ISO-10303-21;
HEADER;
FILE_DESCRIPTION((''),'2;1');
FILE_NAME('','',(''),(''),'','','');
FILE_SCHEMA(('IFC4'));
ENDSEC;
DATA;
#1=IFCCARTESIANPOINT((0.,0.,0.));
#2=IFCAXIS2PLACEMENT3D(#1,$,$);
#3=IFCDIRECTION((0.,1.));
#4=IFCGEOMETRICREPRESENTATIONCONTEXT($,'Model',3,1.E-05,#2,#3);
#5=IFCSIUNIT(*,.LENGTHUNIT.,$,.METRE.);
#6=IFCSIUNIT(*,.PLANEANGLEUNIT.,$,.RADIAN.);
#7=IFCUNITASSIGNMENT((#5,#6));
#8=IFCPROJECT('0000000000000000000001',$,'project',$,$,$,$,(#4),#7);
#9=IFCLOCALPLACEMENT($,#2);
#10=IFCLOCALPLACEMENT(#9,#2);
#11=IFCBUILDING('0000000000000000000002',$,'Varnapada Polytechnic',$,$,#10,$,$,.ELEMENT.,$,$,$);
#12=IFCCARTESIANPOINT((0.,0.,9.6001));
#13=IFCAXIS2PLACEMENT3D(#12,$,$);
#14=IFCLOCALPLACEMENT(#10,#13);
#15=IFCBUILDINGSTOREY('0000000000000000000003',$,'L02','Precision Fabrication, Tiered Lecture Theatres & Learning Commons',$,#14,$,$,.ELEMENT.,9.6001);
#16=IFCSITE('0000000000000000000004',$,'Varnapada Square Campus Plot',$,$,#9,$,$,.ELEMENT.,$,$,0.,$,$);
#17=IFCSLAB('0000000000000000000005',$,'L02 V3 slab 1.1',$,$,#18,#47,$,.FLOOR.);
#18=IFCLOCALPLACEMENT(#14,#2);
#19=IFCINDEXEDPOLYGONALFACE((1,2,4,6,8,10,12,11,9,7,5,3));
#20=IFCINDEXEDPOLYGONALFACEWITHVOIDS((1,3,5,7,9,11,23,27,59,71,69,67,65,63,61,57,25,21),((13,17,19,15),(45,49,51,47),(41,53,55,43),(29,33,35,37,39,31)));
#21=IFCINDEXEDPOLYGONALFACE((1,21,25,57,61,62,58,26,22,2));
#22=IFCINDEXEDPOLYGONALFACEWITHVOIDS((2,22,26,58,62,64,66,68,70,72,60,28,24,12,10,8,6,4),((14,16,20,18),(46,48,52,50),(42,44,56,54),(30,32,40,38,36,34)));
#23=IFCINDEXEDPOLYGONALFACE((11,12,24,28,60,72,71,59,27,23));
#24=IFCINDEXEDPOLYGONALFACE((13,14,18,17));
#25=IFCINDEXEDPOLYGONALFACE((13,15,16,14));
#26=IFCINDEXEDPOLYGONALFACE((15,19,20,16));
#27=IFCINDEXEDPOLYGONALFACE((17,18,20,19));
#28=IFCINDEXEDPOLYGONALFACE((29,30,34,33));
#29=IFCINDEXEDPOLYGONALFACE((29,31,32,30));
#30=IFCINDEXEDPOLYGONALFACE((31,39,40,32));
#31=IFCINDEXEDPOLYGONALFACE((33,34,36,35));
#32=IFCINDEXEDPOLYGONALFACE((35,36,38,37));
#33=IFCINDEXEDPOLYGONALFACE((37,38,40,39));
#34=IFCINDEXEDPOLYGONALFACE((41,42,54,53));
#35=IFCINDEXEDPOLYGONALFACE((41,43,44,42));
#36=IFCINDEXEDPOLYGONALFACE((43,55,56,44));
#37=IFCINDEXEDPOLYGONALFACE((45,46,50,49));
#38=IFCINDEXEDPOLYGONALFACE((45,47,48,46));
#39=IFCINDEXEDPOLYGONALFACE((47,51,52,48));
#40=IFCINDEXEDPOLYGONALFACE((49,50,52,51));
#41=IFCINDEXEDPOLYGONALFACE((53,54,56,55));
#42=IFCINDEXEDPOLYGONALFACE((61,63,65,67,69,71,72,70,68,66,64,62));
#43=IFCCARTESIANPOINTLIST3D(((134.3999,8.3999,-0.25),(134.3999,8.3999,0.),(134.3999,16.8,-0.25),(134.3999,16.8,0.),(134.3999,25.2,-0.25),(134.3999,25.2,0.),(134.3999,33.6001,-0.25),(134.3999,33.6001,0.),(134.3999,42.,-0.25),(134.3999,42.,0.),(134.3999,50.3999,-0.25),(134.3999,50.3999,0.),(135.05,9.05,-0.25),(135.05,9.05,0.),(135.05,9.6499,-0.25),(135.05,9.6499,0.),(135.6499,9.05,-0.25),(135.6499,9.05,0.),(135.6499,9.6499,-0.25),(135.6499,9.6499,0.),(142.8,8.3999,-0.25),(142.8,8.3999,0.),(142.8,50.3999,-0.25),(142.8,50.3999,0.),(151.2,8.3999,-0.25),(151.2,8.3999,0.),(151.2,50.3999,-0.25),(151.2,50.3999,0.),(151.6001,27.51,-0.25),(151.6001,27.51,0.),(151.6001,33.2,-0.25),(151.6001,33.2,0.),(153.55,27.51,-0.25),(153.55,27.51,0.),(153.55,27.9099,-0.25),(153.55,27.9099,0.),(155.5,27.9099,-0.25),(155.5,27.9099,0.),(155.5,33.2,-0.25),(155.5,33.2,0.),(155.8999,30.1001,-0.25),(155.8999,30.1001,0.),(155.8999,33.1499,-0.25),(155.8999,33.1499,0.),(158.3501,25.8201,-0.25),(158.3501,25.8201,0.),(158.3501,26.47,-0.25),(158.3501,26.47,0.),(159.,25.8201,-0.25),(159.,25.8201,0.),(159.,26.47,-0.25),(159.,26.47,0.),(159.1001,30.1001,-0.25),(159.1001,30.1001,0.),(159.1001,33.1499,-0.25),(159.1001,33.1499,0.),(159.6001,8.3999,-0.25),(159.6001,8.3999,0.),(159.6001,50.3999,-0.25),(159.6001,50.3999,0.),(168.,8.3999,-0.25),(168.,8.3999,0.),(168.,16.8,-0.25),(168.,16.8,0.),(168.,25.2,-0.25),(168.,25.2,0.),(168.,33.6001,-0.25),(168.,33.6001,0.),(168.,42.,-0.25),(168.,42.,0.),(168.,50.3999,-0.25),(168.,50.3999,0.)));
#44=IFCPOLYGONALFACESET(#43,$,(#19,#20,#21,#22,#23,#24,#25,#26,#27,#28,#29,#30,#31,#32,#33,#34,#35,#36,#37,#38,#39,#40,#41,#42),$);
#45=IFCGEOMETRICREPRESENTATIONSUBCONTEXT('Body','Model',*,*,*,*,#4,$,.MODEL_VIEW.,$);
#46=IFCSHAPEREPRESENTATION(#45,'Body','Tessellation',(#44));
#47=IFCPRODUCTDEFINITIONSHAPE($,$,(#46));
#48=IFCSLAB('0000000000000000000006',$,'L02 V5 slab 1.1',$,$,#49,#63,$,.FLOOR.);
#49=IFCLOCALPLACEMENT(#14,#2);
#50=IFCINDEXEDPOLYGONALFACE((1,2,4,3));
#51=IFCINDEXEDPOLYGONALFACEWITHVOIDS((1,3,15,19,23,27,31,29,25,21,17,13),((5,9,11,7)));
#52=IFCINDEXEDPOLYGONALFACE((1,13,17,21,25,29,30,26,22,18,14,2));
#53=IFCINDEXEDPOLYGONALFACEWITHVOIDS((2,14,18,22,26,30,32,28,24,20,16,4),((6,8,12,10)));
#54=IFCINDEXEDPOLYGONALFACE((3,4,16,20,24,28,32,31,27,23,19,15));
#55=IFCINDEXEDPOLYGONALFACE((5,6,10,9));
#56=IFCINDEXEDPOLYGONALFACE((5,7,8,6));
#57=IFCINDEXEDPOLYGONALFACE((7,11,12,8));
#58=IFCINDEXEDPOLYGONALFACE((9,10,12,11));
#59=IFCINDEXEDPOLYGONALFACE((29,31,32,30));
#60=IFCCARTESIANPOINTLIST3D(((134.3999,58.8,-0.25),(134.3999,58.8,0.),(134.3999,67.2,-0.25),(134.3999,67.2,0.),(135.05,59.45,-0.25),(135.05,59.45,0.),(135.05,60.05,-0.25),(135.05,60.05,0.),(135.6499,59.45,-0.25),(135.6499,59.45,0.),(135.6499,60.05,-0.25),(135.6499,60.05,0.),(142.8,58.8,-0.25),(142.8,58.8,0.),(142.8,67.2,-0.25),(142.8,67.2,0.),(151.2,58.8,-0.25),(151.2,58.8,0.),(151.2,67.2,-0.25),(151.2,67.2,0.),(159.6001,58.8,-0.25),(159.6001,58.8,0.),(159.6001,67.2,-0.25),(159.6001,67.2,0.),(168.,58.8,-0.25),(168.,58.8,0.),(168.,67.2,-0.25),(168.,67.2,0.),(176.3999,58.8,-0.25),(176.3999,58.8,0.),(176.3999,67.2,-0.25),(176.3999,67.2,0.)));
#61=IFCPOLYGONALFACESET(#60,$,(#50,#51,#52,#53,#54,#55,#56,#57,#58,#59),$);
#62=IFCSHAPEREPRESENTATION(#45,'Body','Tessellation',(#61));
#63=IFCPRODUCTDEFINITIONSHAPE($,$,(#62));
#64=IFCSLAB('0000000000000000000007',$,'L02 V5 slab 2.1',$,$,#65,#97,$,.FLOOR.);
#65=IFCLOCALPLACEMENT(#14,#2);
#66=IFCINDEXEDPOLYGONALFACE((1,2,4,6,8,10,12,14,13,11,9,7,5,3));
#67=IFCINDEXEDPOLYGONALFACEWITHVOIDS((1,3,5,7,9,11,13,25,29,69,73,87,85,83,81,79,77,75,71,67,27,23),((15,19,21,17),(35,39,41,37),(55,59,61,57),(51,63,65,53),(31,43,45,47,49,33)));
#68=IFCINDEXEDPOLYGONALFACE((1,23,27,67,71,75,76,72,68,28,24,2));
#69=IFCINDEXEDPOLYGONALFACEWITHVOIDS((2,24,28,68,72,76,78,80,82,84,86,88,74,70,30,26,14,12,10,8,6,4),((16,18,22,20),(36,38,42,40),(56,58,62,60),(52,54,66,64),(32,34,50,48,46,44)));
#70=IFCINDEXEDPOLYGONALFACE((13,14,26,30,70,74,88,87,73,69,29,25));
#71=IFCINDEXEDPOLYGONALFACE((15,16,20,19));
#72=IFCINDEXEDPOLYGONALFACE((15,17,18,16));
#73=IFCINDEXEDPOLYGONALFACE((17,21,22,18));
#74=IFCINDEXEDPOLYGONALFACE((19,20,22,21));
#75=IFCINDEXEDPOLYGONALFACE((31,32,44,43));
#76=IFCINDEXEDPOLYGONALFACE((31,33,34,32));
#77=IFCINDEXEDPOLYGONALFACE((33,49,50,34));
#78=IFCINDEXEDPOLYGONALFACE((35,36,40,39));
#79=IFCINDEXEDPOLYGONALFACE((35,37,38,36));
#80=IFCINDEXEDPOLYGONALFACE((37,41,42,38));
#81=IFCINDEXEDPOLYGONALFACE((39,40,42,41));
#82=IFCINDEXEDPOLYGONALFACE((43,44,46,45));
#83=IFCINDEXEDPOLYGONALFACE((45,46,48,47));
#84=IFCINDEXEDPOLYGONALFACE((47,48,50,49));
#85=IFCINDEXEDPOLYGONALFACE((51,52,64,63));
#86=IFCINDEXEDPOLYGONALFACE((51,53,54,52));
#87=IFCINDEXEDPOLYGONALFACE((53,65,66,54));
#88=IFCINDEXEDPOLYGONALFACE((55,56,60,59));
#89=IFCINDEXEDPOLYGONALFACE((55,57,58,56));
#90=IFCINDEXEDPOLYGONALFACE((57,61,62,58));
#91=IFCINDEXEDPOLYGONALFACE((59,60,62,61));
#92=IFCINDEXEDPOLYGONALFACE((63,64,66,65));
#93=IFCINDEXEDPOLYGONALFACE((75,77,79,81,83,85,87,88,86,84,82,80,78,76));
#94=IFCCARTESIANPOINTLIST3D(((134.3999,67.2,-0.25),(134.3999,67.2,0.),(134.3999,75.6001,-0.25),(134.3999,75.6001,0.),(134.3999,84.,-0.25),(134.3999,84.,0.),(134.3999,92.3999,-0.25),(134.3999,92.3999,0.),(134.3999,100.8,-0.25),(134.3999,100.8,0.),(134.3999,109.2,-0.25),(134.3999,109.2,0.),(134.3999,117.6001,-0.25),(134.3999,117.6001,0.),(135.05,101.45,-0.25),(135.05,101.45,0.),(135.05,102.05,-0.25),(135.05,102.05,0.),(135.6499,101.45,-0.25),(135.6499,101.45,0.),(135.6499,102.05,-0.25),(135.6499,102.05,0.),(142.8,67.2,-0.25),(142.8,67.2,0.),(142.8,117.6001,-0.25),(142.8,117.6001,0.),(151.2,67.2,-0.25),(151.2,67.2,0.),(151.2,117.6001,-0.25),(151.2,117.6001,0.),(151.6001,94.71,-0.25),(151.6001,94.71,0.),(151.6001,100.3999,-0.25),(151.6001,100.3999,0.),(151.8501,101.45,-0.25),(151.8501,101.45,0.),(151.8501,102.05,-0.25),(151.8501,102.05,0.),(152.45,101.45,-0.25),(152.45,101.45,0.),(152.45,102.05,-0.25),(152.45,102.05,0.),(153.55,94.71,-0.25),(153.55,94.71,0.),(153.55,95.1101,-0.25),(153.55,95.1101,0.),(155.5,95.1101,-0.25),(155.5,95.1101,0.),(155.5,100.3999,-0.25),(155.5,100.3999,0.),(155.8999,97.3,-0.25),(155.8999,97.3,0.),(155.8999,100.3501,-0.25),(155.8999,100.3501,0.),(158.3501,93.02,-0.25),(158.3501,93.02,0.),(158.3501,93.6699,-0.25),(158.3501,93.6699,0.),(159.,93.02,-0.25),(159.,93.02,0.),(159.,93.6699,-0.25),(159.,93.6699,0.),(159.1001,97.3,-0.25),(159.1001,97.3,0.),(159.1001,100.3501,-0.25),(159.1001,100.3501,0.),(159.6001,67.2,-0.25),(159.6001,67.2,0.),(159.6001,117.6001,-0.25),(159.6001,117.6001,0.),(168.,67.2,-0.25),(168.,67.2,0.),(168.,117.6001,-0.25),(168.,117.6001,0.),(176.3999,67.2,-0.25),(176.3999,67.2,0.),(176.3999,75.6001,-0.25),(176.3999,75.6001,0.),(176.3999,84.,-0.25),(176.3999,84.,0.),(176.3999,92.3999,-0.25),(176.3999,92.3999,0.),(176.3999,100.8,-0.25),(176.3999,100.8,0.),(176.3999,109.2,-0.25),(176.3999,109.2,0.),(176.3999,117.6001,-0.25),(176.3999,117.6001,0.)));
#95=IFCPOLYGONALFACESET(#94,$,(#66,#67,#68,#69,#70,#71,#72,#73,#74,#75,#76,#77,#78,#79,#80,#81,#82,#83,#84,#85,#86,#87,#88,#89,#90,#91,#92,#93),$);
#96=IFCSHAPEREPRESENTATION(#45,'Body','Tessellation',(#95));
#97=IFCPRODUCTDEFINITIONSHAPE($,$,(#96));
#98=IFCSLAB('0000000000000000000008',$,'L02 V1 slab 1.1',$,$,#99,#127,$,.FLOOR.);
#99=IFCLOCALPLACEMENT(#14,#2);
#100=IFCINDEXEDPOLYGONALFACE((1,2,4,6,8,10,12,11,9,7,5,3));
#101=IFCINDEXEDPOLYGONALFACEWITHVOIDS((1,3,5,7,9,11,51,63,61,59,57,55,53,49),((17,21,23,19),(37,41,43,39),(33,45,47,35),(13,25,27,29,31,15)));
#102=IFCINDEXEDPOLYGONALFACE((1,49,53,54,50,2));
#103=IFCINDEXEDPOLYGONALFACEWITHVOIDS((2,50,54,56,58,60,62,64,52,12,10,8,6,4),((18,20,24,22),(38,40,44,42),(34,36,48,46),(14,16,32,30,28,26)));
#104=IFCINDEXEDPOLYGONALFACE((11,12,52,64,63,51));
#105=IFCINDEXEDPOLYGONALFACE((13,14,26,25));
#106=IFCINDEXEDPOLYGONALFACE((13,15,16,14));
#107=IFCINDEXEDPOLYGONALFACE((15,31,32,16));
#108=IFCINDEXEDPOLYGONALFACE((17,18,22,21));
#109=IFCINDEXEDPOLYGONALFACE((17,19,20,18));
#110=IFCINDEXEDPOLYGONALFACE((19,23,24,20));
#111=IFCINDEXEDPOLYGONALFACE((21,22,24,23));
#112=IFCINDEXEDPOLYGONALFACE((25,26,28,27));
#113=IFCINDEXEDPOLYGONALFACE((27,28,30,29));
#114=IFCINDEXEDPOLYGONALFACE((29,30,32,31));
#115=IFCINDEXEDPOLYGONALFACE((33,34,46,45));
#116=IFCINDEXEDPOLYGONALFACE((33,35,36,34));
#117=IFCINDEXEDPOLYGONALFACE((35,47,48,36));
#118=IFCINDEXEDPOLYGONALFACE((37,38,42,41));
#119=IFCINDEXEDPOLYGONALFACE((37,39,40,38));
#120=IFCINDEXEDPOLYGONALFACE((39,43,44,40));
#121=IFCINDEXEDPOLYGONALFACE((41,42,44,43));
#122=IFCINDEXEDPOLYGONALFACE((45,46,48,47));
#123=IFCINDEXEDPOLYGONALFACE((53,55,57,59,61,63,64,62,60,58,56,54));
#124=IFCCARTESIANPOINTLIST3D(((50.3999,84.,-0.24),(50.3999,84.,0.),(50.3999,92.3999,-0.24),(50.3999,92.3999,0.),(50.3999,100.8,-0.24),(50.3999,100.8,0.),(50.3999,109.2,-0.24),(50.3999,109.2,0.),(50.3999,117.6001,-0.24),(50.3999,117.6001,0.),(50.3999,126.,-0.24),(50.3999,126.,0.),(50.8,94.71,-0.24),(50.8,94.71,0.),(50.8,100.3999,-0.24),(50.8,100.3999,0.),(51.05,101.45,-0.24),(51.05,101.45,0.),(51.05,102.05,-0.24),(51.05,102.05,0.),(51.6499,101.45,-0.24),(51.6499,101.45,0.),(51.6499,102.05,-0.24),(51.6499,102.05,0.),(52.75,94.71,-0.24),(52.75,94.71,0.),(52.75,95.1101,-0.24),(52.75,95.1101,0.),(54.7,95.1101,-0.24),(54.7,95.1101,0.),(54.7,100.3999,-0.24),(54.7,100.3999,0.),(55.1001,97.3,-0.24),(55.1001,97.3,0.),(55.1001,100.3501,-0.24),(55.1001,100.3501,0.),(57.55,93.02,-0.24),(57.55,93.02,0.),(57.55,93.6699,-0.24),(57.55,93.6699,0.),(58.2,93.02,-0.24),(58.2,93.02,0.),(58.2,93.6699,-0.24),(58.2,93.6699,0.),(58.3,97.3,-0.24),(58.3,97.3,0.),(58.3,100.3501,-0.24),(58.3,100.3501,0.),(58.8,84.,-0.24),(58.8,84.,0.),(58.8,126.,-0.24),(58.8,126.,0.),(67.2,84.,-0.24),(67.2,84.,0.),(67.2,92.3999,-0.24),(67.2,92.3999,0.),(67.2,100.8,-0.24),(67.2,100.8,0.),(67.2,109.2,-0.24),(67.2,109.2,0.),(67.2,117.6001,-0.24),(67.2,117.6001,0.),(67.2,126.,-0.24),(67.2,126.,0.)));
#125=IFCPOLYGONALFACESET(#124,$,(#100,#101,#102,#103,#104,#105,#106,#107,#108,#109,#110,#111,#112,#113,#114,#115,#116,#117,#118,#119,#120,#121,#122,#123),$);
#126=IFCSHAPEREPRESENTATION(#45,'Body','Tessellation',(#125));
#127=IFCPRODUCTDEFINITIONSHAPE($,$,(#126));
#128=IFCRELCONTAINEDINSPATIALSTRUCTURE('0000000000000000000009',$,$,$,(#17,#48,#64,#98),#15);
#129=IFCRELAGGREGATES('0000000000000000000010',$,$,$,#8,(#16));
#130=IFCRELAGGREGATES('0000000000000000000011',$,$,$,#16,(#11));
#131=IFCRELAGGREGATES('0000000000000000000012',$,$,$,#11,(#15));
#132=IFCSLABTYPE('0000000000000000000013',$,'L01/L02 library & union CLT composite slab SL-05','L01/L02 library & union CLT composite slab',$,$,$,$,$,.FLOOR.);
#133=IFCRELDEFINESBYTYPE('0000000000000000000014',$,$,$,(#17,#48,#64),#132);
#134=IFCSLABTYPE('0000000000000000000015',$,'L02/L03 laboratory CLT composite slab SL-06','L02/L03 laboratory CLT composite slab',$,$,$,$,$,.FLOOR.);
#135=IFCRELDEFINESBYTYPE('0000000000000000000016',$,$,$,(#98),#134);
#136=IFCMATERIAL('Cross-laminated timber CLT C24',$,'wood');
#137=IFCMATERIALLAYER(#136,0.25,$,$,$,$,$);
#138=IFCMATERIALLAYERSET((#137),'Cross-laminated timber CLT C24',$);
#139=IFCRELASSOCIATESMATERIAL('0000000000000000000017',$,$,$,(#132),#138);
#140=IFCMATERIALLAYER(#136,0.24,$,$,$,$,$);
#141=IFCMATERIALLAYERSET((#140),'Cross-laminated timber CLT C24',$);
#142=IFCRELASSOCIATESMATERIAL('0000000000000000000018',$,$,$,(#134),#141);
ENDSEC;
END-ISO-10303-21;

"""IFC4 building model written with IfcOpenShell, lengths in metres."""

from ifc_helpers import new_model, si_unit, direction, frame, origin, place, context, subcontext, project, spatial, polyline, outline, extrude, material, layer, layer_set, type_object, element, save


model = new_model("IFC4")

# Units and contexts
model_context = context("Model", 3, precision=1e-05, world=origin(), true_north=direction((0.0, 1.0)))
body_context = subcontext(model_context, "Body", "Model", "MODEL_VIEW")
ifc_project = project(units=[si_unit("LENGTHUNIT", "METRE"), si_unit("PLANEANGLEUNIT", "RADIAN")], contexts=[model_context])

# Site, building, storey
site_placement = place(None, origin())
site = spatial("IfcSite", under=ifc_project, at=site_placement, Name="Varnapada Square Campus Plot", CompositionType="ELEMENT", RefElevation=0.0)
building_placement = place(site_placement, origin())
building = spatial("IfcBuilding", under=site, at=building_placement, Name="Varnapada Polytechnic", CompositionType="ELEMENT")
storey_placement = place(building_placement, frame((0.0, 0.0, 9.6001)))
storey = spatial("IfcBuildingStorey", under=building, at=storey_placement, Name="L02", Description="Precision Fabrication, Tiered Lecture Theatres & Learning Commons", CompositionType="ELEMENT", Elevation=9.6001)

# Slabs
ifc_material_1 = material(Name="Cross-laminated timber CLT C24", Category="wood")
ifc_layer_1 = layer(ifc_material_1, 0.25)
ifc_layer_set_1 = layer_set([ifc_layer_1], Name="Cross-laminated timber CLT C24")
slab_type_1 = type_object("IfcSlabType", Name="L01/L02 library & union CLT composite slab SL-05", Description="L01/L02 library & union CLT composite slab", PredefinedType="FLOOR", material=ifc_layer_set_1)
slab_1_placement = place(storey_placement, frame((0.0, 0.0, -0.25)))
element("IfcSlab", 1, at=slab_1_placement, inside=storey, type_object=slab_type_1, Name="L02 V3 slab 1.1", PredefinedType="FLOOR", context=body_context, shape_type="SweptSolid", body=[
    extrude(outline(polyline([(134.3999, 33.6001), (134.3999, 42.0), (134.3999, 50.3999), (142.8, 50.3999), (151.2, 50.3999), (159.6001, 50.3999), (168.0, 50.3999), (168.0, 42.0), (168.0, 33.6001), (168.0, 25.2), (168.0, 16.8), (168.0, 8.3999), (159.6001, 8.3999), (151.2, 8.3999), (142.8, 8.3999), (134.3999, 8.3999), (134.3999, 16.8), (134.3999, 25.2), (134.3999, 33.6001)]), holes=[polyline([(151.6001, 27.51), (153.55, 27.51), (153.55, 27.9099), (155.5, 27.9099), (155.5, 33.2), (151.6001, 33.2), (151.6001, 27.51)]), polyline([(155.8999, 30.1001), (159.1001, 30.1001), (159.1001, 33.1499), (155.8999, 33.1499), (155.8999, 30.1001)]), polyline([(158.3501, 25.8201), (159.0, 25.8201), (159.0, 26.47), (158.3501, 26.47), (158.3501, 25.8201)]), polyline([(135.05, 9.05), (135.6499, 9.05), (135.6499, 9.6499), (135.05, 9.6499), (135.05, 9.05)])]), origin(), (0.0, 0.0, 1.0), 0.25),
])
slab_2_placement = place(storey_placement, frame((0.0, 0.0, -0.25)))
element("IfcSlab", 2, at=slab_2_placement, inside=storey, type_object=slab_type_1, Name="L02 V5 slab 1.1", PredefinedType="FLOOR", context=body_context, shape_type="SweptSolid", body=[
    extrude(outline(polyline([(134.3999, 67.2), (142.8, 67.2), (151.2, 67.2), (159.6001, 67.2), (168.0, 67.2), (176.3999, 67.2), (176.3999, 58.8), (168.0, 58.8), (159.6001, 58.8), (151.2, 58.8), (142.8, 58.8), (134.3999, 58.8), (134.3999, 67.2)]), holes=[polyline([(135.05, 59.45), (135.6499, 59.45), (135.6499, 60.05), (135.05, 60.05), (135.05, 59.45)])]), origin(), (0.0, 0.0, 1.0), 0.25),
])
slab_3_placement = place(storey_placement, frame((0.0, 0.0, -0.25)))
element("IfcSlab", 3, at=slab_3_placement, inside=storey, type_object=slab_type_1, Name="L02 V5 slab 2.1", PredefinedType="FLOOR", context=body_context, shape_type="SweptSolid", body=[
    extrude(outline(polyline([(134.3999, 92.3999), (134.3999, 100.8), (134.3999, 109.2), (134.3999, 117.6001), (142.8, 117.6001), (151.2, 117.6001), (159.6001, 117.6001), (168.0, 117.6001), (176.3999, 117.6001), (176.3999, 109.2), (176.3999, 100.8), (176.3999, 92.3999), (176.3999, 84.0), (176.3999, 75.6001), (176.3999, 67.2), (168.0, 67.2), (159.6001, 67.2), (151.2, 67.2), (142.8, 67.2), (134.3999, 67.2), (134.3999, 75.6001), (134.3999, 84.0), (134.3999, 92.3999)]), holes=[polyline([(151.6001, 94.71), (153.55, 94.71), (153.55, 95.1101), (155.5, 95.1101), (155.5, 100.3999), (151.6001, 100.3999), (151.6001, 94.71)]), polyline([(155.8999, 97.3), (159.1001, 97.3), (159.1001, 100.3501), (155.8999, 100.3501), (155.8999, 97.3)]), polyline([(158.3501, 93.02), (159.0, 93.02), (159.0, 93.6699), (158.3501, 93.6699), (158.3501, 93.02)]), polyline([(135.05, 101.45), (135.6499, 101.45), (135.6499, 102.05), (135.05, 102.05), (135.05, 101.45)]), polyline([(151.8501, 101.45), (152.45, 101.45), (152.45, 102.05), (151.8501, 102.05), (151.8501, 101.45)])]), origin(), (0.0, 0.0, 1.0), 0.25),
])
ifc_layer_2 = layer(ifc_material_1, 0.24)
ifc_layer_set_2 = layer_set([ifc_layer_2], Name="Cross-laminated timber CLT C24")
slab_type_2 = type_object("IfcSlabType", Name="L02/L03 laboratory CLT composite slab SL-06", Description="L02/L03 laboratory CLT composite slab", PredefinedType="FLOOR", material=ifc_layer_set_2)
slab_4_placement = place(storey_placement, frame((0.0, 0.0, -0.24)))
element("IfcSlab", 4, at=slab_4_placement, inside=storey, type_object=slab_type_2, Name="L02 V1 slab 1.1", PredefinedType="FLOOR", context=body_context, shape_type="SweptSolid", body=[
    extrude(outline(polyline([(50.3999, 100.8), (50.3999, 109.2), (50.3999, 117.6001), (50.3999, 126.0), (58.8, 126.0), (67.2, 126.0), (67.2, 117.6001), (67.2, 109.2), (67.2, 100.8), (67.2, 92.3999), (67.2, 84.0), (58.8, 84.0), (50.3999, 84.0), (50.3999, 92.3999), (50.3999, 100.8)]), holes=[polyline([(50.8, 94.71), (52.75, 94.71), (52.75, 95.1101), (54.7, 95.1101), (54.7, 100.3999), (50.8, 100.3999), (50.8, 94.71)]), polyline([(55.1001, 97.3), (58.3, 97.3), (58.3, 100.3501), (55.1001, 100.3501), (55.1001, 97.3)]), polyline([(57.55, 93.02), (58.2, 93.02), (58.2, 93.6699), (57.55, 93.6699), (57.55, 93.02)]), polyline([(51.05, 101.45), (51.6499, 101.45), (51.6499, 102.05), (51.05, 102.05), (51.05, 101.45)])]), origin(), (0.0, 0.0, 1.0), 0.24),
])

save(model, "model.ifc")
